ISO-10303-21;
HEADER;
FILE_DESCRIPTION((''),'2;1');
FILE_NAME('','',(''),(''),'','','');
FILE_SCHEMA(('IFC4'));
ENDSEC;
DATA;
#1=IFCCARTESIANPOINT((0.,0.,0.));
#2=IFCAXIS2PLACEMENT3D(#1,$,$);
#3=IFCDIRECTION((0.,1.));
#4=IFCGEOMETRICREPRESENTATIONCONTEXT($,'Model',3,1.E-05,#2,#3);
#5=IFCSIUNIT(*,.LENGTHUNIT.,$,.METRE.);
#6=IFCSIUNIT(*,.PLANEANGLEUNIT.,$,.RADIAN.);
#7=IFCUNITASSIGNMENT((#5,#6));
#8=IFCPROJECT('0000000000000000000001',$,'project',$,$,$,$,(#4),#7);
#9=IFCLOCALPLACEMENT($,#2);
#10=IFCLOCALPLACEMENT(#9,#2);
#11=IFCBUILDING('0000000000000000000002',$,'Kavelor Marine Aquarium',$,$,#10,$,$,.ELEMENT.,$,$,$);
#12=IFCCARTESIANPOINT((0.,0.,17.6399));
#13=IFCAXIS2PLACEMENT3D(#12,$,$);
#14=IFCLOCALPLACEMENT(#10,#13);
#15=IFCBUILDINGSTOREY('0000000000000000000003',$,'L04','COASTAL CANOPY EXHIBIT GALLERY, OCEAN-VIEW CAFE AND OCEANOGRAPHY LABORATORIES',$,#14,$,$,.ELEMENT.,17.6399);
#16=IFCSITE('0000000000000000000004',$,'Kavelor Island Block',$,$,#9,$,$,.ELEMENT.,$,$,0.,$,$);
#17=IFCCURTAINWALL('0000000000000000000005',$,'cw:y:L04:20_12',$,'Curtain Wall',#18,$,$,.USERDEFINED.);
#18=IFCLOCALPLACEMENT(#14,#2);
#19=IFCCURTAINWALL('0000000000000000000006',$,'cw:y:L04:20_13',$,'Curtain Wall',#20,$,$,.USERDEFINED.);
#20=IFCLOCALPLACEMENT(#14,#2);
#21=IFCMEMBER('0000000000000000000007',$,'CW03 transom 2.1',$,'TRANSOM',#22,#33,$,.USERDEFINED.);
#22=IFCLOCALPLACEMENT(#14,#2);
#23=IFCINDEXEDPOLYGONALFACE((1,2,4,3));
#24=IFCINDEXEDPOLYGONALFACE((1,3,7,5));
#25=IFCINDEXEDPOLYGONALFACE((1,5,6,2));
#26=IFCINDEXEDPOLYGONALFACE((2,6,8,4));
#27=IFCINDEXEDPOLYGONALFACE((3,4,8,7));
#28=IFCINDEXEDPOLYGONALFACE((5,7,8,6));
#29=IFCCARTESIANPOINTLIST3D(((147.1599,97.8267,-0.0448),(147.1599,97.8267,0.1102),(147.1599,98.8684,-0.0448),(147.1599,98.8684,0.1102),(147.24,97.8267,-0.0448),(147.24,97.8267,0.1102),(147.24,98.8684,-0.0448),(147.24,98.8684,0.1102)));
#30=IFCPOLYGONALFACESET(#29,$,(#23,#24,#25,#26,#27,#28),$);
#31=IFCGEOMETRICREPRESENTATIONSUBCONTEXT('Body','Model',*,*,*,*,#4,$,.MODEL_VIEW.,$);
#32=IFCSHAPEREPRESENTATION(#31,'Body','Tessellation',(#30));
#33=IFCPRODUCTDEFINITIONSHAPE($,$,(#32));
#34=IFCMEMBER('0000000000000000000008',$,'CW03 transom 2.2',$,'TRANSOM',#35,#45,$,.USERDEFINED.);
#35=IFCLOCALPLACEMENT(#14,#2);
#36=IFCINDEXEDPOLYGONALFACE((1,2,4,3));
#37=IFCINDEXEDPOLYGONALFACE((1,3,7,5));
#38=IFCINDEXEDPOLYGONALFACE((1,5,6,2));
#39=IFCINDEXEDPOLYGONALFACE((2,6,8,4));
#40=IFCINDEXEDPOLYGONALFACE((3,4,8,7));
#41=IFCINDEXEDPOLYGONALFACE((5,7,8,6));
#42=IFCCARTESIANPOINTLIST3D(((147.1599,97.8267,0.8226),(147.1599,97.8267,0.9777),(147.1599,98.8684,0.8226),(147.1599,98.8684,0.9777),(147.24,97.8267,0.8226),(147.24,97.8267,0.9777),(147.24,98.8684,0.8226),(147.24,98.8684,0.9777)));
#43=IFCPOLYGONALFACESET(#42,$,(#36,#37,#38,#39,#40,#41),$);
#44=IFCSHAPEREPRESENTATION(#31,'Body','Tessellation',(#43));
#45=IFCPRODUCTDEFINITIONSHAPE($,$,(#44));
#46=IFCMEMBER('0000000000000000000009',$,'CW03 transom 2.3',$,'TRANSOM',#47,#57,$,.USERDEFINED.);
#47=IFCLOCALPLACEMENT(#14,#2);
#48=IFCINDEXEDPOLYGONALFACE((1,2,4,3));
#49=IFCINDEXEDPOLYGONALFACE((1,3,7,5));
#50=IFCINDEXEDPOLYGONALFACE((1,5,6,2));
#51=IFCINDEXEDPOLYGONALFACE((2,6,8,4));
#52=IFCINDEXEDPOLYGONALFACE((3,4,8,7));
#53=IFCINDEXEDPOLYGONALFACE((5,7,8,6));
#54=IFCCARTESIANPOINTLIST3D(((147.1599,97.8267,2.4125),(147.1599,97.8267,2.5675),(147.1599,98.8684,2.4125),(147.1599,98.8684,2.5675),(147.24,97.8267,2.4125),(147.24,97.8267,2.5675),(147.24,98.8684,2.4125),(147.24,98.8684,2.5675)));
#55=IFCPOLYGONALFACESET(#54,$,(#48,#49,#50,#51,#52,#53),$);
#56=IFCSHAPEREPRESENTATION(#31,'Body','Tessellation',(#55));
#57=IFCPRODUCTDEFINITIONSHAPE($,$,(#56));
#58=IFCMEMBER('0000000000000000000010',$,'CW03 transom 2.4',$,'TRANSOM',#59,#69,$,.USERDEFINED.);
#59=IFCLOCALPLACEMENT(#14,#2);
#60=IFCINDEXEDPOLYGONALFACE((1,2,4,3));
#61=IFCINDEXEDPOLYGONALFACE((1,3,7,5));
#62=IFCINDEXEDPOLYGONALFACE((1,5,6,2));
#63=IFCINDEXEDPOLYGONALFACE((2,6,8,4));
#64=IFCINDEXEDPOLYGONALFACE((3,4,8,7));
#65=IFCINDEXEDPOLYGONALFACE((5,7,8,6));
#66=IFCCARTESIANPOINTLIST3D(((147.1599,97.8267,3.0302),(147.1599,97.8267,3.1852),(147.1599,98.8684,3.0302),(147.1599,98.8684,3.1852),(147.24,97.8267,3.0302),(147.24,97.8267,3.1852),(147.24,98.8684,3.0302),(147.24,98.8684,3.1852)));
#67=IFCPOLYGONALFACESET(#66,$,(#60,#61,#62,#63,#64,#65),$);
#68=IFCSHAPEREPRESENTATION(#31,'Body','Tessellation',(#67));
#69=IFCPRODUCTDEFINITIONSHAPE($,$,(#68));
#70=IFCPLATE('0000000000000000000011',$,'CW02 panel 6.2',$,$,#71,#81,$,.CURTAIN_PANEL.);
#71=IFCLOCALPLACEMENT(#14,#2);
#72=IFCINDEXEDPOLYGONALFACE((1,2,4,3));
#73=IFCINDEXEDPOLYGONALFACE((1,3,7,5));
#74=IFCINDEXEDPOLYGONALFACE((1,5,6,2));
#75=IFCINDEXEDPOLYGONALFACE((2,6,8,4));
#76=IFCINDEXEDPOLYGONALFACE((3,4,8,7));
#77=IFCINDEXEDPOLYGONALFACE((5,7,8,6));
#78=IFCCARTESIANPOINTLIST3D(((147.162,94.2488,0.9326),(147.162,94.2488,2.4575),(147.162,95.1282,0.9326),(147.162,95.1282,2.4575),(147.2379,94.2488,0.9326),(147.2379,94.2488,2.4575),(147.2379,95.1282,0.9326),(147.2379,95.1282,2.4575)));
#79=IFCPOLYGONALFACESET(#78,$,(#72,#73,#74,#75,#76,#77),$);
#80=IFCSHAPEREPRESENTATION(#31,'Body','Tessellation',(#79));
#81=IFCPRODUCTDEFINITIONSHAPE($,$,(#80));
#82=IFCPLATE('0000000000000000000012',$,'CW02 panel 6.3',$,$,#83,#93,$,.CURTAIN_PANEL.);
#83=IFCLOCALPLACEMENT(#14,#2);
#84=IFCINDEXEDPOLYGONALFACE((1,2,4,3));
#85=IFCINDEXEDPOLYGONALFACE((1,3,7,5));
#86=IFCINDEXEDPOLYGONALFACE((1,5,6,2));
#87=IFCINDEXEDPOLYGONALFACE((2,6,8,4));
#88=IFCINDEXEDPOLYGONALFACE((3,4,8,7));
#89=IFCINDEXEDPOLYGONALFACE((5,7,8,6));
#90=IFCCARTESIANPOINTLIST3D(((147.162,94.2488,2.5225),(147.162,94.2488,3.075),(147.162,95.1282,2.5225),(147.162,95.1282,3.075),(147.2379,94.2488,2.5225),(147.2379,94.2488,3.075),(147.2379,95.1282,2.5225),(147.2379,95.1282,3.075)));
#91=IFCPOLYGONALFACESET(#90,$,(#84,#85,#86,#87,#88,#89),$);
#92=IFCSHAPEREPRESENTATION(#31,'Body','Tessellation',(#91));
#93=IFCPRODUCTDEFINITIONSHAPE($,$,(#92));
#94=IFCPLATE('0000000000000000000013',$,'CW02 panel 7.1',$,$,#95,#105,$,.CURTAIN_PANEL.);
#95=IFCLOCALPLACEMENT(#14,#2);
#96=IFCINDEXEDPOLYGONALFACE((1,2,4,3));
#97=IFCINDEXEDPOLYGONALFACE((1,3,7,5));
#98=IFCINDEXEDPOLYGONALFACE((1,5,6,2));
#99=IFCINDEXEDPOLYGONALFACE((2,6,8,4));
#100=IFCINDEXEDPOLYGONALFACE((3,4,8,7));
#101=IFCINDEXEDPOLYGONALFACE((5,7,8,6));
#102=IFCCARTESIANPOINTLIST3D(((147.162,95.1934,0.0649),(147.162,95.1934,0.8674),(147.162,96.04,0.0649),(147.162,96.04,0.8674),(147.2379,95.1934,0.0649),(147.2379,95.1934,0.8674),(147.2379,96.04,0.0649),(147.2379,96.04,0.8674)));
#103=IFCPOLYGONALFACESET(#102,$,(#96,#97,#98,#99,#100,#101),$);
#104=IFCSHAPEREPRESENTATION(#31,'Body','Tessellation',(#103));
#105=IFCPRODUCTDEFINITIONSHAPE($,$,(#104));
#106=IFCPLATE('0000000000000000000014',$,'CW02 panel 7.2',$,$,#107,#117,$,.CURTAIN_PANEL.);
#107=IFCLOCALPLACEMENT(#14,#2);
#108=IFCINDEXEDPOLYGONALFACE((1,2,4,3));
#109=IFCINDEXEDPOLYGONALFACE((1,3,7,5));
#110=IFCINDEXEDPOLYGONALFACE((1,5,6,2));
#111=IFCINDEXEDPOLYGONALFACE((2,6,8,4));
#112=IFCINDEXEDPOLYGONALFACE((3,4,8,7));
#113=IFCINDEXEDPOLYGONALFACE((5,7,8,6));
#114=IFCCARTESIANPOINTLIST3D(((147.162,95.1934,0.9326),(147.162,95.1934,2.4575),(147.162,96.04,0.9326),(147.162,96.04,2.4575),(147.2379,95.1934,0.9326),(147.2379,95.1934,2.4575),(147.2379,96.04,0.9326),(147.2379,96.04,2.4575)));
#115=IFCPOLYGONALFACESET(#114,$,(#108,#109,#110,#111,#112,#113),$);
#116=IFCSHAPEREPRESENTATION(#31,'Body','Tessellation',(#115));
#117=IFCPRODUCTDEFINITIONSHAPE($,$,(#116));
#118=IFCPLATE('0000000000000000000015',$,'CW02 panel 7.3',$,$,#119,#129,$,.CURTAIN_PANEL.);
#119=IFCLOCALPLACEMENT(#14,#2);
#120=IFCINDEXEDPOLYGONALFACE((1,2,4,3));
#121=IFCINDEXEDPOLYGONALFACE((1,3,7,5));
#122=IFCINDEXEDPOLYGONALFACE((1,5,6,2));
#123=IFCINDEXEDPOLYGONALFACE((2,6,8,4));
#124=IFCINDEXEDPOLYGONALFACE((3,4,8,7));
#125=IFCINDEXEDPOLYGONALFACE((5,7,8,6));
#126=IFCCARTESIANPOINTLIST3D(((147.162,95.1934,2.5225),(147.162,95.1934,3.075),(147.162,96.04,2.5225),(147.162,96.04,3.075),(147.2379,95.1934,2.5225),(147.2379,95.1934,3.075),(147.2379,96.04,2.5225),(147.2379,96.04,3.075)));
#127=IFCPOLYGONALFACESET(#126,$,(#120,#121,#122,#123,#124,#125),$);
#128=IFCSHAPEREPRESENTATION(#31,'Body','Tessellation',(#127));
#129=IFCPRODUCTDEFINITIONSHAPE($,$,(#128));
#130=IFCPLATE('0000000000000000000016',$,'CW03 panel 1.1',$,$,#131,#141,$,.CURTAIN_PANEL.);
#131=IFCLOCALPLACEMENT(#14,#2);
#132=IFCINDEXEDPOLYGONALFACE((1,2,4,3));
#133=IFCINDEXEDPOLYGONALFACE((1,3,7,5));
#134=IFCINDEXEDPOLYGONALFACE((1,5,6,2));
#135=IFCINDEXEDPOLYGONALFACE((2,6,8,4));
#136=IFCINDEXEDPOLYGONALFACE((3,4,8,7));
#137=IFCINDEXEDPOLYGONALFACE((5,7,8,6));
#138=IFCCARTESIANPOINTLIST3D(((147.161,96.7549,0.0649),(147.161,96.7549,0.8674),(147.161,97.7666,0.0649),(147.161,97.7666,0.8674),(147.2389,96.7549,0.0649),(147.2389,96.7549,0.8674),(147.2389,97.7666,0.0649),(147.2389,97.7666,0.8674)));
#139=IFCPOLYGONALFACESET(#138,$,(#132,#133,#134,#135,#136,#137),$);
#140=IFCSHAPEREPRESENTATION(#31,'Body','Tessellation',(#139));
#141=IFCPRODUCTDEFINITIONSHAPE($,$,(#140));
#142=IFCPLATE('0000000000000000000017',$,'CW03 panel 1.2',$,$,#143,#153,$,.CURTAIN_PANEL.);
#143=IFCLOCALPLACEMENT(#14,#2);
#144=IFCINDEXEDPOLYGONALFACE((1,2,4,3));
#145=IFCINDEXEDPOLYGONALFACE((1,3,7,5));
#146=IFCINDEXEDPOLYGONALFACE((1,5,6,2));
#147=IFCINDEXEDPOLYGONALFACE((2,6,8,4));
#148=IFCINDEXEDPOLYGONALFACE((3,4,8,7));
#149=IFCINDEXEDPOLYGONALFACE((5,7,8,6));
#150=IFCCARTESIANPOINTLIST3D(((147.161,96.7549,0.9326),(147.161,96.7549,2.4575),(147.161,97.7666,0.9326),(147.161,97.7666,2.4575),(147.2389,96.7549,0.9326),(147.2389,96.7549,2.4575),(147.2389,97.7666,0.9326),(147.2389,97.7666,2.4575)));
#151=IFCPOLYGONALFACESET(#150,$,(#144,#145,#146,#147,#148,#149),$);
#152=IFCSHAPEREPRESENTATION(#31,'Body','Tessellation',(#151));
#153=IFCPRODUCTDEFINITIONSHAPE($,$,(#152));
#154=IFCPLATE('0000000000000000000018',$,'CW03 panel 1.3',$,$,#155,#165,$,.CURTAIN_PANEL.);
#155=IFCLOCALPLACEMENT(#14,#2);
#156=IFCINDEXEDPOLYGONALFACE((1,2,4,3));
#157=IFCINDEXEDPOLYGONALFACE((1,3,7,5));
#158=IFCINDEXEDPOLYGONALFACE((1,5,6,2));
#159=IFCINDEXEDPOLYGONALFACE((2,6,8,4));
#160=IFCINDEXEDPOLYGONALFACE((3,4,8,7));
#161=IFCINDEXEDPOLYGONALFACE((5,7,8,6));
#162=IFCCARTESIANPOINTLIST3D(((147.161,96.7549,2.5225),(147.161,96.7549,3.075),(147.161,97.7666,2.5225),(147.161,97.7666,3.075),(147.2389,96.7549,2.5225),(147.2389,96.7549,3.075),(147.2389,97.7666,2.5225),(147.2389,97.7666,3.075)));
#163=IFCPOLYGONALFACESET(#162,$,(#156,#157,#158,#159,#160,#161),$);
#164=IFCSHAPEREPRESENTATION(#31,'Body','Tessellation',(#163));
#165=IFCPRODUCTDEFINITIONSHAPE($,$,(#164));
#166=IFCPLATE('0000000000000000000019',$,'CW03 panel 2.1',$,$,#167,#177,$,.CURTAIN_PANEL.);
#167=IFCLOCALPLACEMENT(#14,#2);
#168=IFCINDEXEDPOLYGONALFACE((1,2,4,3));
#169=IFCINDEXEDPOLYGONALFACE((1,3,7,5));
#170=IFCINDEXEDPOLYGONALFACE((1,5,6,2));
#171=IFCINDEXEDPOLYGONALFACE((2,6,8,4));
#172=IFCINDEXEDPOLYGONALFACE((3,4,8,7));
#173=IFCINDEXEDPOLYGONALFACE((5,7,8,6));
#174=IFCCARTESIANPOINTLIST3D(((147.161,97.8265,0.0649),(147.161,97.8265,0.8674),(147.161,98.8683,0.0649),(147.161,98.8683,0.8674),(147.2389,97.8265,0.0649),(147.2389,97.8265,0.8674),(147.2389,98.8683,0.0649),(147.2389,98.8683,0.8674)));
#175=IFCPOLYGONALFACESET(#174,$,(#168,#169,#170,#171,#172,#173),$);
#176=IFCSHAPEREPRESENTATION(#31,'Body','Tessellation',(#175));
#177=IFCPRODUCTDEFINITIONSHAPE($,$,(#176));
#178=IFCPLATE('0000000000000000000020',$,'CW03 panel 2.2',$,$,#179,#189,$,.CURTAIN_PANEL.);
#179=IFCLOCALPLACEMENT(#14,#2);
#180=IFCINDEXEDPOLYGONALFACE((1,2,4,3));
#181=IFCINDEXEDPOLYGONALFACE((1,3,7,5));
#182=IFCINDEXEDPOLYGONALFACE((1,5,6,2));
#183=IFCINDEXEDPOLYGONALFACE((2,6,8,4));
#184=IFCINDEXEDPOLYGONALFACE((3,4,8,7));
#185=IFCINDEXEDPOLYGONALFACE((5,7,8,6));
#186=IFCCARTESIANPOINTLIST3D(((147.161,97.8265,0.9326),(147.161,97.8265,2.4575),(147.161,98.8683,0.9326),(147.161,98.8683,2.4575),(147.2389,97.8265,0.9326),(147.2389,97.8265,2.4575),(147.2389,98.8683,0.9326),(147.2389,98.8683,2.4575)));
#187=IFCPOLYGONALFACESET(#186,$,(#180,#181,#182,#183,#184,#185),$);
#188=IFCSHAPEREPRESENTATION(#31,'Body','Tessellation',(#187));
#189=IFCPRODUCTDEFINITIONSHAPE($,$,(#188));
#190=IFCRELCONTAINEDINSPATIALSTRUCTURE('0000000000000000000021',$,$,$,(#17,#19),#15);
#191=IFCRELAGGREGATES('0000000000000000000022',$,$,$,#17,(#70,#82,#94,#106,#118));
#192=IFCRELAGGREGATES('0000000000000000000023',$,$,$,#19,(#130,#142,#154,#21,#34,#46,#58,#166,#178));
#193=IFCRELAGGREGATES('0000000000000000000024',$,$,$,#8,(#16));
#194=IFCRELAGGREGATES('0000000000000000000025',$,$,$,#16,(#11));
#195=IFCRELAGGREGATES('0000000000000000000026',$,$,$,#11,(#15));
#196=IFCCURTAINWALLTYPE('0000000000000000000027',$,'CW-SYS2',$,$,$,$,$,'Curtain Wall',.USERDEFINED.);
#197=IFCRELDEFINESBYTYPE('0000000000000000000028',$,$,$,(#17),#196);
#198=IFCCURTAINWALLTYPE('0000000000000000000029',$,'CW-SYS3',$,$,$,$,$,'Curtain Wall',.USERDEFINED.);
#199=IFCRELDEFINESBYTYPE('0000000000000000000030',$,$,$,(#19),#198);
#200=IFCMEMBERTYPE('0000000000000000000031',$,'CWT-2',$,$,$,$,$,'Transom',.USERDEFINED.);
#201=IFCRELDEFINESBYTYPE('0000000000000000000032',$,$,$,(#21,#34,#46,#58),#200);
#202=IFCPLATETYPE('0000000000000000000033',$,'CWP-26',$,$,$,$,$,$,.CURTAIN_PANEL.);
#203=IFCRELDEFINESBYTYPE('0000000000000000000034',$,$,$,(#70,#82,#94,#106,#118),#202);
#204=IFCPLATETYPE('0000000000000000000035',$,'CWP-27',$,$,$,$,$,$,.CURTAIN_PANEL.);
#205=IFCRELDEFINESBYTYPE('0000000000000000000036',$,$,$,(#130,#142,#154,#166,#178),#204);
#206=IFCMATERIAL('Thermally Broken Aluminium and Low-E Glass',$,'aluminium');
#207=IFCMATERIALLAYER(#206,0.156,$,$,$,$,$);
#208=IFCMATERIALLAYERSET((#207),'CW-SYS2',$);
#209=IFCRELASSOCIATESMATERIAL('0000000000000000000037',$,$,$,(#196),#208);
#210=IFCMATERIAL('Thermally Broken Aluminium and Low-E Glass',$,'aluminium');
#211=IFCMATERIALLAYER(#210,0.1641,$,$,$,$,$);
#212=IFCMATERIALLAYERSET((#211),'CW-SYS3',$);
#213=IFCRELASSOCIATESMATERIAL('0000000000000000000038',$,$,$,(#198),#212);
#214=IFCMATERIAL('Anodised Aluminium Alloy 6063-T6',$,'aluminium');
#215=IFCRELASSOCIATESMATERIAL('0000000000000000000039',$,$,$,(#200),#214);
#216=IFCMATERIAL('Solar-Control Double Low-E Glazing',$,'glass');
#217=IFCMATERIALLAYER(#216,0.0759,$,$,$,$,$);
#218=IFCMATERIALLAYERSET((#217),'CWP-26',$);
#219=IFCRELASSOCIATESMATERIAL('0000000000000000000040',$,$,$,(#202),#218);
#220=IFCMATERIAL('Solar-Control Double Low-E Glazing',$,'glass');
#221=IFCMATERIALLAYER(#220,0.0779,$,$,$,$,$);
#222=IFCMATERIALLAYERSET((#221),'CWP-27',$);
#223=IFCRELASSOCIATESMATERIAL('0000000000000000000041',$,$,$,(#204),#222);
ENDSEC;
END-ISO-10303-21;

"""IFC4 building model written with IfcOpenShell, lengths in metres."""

from ifc_helpers import new_model, si_unit, direction, frame, origin, origin_2d, place, context, subcontext, project, spatial, rectangle, extrude, material, layer, layer_set, material_profile, profile_set, type_object, element, aggregate, save


model = new_model("IFC4")

# Units and contexts
model_context = context("Model", 3, precision=1e-05, world=origin(), true_north=direction((0.0, 1.0)))
body_context = subcontext(model_context, "Body", "Model", "MODEL_VIEW")
ifc_project = project(units=[si_unit("LENGTHUNIT", "METRE"), si_unit("PLANEANGLEUNIT", "RADIAN")], contexts=[model_context])

# Site, building, storey
site_placement = place(None, origin())
site = spatial("IfcSite", under=ifc_project, at=site_placement, Name="Kavelor Island Block", CompositionType="ELEMENT", RefElevation=0.0)
building_placement = place(site_placement, origin())
building = spatial("IfcBuilding", under=site, at=building_placement, Name="Kavelor Marine Aquarium", CompositionType="ELEMENT")
storey_placement = place(building_placement, frame((0.0, 0.0, 17.6399)))
storey = spatial("IfcBuildingStorey", under=building, at=storey_placement, Name="L04", Description="COASTAL CANOPY EXHIBIT GALLERY, OCEAN-VIEW CAFE AND OCEANOGRAPHY LABORATORIES", CompositionType="ELEMENT", Elevation=17.6399)

# Curtain walls
ifc_material_1 = material(Name="Thermally Broken Aluminium and Low-E Glass", Category="aluminium")
ifc_layer_1 = layer(ifc_material_1, 0.156)
ifc_layer_set_1 = layer_set([ifc_layer_1], Name="CW-SYS2")
curtain_wall_type_1 = type_object("IfcCurtainWallType", Name="CW-SYS2", ElementType="Curtain Wall", PredefinedType="USERDEFINED", material=ifc_layer_set_1)
curtain_wall_1_placement = place(storey_placement, origin())
curtain_wall_1 = element("IfcCurtainWall", 1, at=curtain_wall_1_placement, inside=storey, type_object=curtain_wall_type_1, Name="cw:y:L04:20_12", ObjectType="Curtain Wall", PredefinedType="USERDEFINED")
ifc_material_2 = material(Name="Thermally Broken Aluminium and Low-E Glass", Category="aluminium")
ifc_layer_2 = layer(ifc_material_2, 0.1641)
ifc_layer_set_2 = layer_set([ifc_layer_2], Name="CW-SYS3")
curtain_wall_type_2 = type_object("IfcCurtainWallType", Name="CW-SYS3", ElementType="Curtain Wall", PredefinedType="USERDEFINED", material=ifc_layer_set_2)
curtain_wall_2_placement = place(storey_placement, origin())
curtain_wall_2 = element("IfcCurtainWall", 2, at=curtain_wall_2_placement, inside=storey, type_object=curtain_wall_type_2, Name="cw:y:L04:20_13", ObjectType="Curtain Wall", PredefinedType="USERDEFINED")

# Members
ifc_material_3 = material(Name="Anodised Aluminium Alloy 6063-T6", Category="aluminium")
ifc_material_profile_1 = material_profile(ifc_material_3, rectangle(XDim=0.0801, YDim=0.155, at=origin_2d()), Name="CW-TRN 80x155")
ifc_profile_set_1 = profile_set([ifc_material_profile_1], Name="Anodised Aluminium Alloy 6063-T6")
member_type_1 = type_object("IfcMemberType", Name="CWT-2", ElementType="Transom", PredefinedType="USERDEFINED", material=ifc_profile_set_1)
member_1_placement = place(storey_placement, frame((147.2, 97.8267, 0.0327), z_axis=(0.0, 1.0, 0.0), x_axis=(-1.0, 0.0, 0.0)))
member_1 = element("IfcMember", 3, at=member_1_placement, type_object=member_type_1, Name="CW03 transom 2.1", ObjectType="TRANSOM", PredefinedType="USERDEFINED", context=body_context, shape_type="SweptSolid", body=[
    extrude(rectangle(XDim=0.0801, YDim=0.155, at=origin_2d()), origin(), (0.0, 0.0, 1.0), 1.0417),
])
member_2_placement = place(storey_placement, frame((147.2, 97.8267, 0.9001), z_axis=(0.0, 1.0, 0.0), x_axis=(-1.0, 0.0, 0.0)))
member_2 = element("IfcMember", 4, at=member_2_placement, type_object=member_type_1, Name="CW03 transom 2.2", ObjectType="TRANSOM", PredefinedType="USERDEFINED", context=body_context, shape_type="SweptSolid", body=[
    extrude(rectangle(XDim=0.0801, YDim=0.155, at=origin_2d()), origin(), (0.0, 0.0, 1.0), 1.0417),
])
member_3_placement = place(storey_placement, frame((147.2, 97.8267, 2.49), z_axis=(0.0, 1.0, 0.0), x_axis=(-1.0, 0.0, 0.0)))
member_3 = element("IfcMember", 5, at=member_3_placement, type_object=member_type_1, Name="CW03 transom 2.3", ObjectType="TRANSOM", PredefinedType="USERDEFINED", context=body_context, shape_type="SweptSolid", body=[
    extrude(rectangle(XDim=0.0801, YDim=0.155, at=origin_2d()), origin(), (0.0, 0.0, 1.0), 1.0417),
])
member_4_placement = place(storey_placement, frame((147.2, 97.8267, 3.1077), z_axis=(0.0, 1.0, 0.0), x_axis=(-1.0, 0.0, 0.0)))
member_4 = element("IfcMember", 6, at=member_4_placement, type_object=member_type_1, Name="CW03 transom 2.4", ObjectType="TRANSOM", PredefinedType="USERDEFINED", context=body_context, shape_type="SweptSolid", body=[
    extrude(rectangle(XDim=0.0801, YDim=0.155, at=origin_2d()), origin(), (0.0, 0.0, 1.0), 1.0417),
])

# Plates
ifc_material_4 = material(Name="Solar-Control Double Low-E Glazing", Category="glass")
ifc_layer_3 = layer(ifc_material_4, 0.0759)
ifc_layer_set_3 = layer_set([ifc_layer_3], Name="CWP-26")
plate_type_1 = type_object("IfcPlateType", Name="CWP-26", PredefinedType="CURTAIN_PANEL", material=ifc_layer_set_3)
plate_1_placement = place(storey_placement, frame((147.2, 94.6885, 0.9326), z_axis=(0.0, 0.0, 1.0), x_axis=(0.0, 1.0, 0.0)))
plate_1 = element("IfcPlate", 7, at=plate_1_placement, type_object=plate_type_1, Name="CW02 panel 6.2", PredefinedType="CURTAIN_PANEL", context=body_context, shape_type="SweptSolid", body=[
    extrude(rectangle(XDim=0.8794, YDim=0.0759, at=origin_2d()), origin(), (0.0, 0.0, 1.0), 1.5249),
])
plate_2_placement = place(storey_placement, frame((147.2, 94.6885, 2.5225), z_axis=(0.0, 0.0, 1.0), x_axis=(0.0, 1.0, 0.0)))
plate_2 = element("IfcPlate", 8, at=plate_2_placement, type_object=plate_type_1, Name="CW02 panel 6.3", PredefinedType="CURTAIN_PANEL", context=body_context, shape_type="SweptSolid", body=[
    extrude(rectangle(XDim=0.8794, YDim=0.0759, at=origin_2d()), origin(), (0.0, 0.0, 1.0), 0.5525),
])
plate_3_placement = place(storey_placement, frame((147.2, 95.6167, 0.0649), z_axis=(0.0, 0.0, 1.0), x_axis=(0.0, 1.0, 0.0)))
plate_3 = element("IfcPlate", 9, at=plate_3_placement, type_object=plate_type_1, Name="CW02 panel 7.1", PredefinedType="CURTAIN_PANEL", context=body_context, shape_type="SweptSolid", body=[
    extrude(rectangle(XDim=0.8467, YDim=0.0759, at=origin_2d()), origin(), (0.0, 0.0, 1.0), 0.8025),
])
plate_4_placement = place(storey_placement, frame((147.2, 95.6167, 0.9326), z_axis=(0.0, 0.0, 1.0), x_axis=(0.0, 1.0, 0.0)))
plate_4 = element("IfcPlate", 10, at=plate_4_placement, type_object=plate_type_1, Name="CW02 panel 7.2", PredefinedType="CURTAIN_PANEL", context=body_context, shape_type="SweptSolid", body=[
    extrude(rectangle(XDim=0.8467, YDim=0.0759, at=origin_2d()), origin(), (0.0, 0.0, 1.0), 1.5249),
])
plate_5_placement = place(storey_placement, frame((147.2, 95.6167, 2.5225), z_axis=(0.0, 0.0, 1.0), x_axis=(0.0, 1.0, 0.0)))
plate_5 = element("IfcPlate", 11, at=plate_5_placement, type_object=plate_type_1, Name="CW02 panel 7.3", PredefinedType="CURTAIN_PANEL", context=body_context, shape_type="SweptSolid", body=[
    extrude(rectangle(XDim=0.8467, YDim=0.0759, at=origin_2d()), origin(), (0.0, 0.0, 1.0), 0.5525),
])
aggregate(curtain_wall_1, [plate_1, plate_2, plate_3, plate_4, plate_5])
ifc_material_5 = material(Name="Solar-Control Double Low-E Glazing", Category="glass")
ifc_layer_4 = layer(ifc_material_5, 0.0779)
ifc_layer_set_4 = layer_set([ifc_layer_4], Name="CWP-27")
plate_type_2 = type_object("IfcPlateType", Name="CWP-27", PredefinedType="CURTAIN_PANEL", material=ifc_layer_set_4)
plate_6_placement = place(storey_placement, frame((147.2, 97.2607, 0.0649), z_axis=(0.0, 0.0, 1.0), x_axis=(0.0, 1.0, 0.0)))
plate_6 = element("IfcPlate", 12, at=plate_6_placement, type_object=plate_type_2, Name="CW03 panel 1.1", PredefinedType="CURTAIN_PANEL", context=body_context, shape_type="SweptSolid", body=[
    extrude(rectangle(XDim=1.0117, YDim=0.0779, at=origin_2d()), origin(), (0.0, 0.0, 1.0), 0.8025),
])
plate_7_placement = place(storey_placement, frame((147.2, 97.2607, 0.9326), z_axis=(0.0, 0.0, 1.0), x_axis=(0.0, 1.0, 0.0)))
plate_7 = element("IfcPlate", 13, at=plate_7_placement, type_object=plate_type_2, Name="CW03 panel 1.2", PredefinedType="CURTAIN_PANEL", context=body_context, shape_type="SweptSolid", body=[
    extrude(rectangle(XDim=1.0117, YDim=0.0779, at=origin_2d()), origin(), (0.0, 0.0, 1.0), 1.5249),
])
plate_8_placement = place(storey_placement, frame((147.2, 97.2607, 2.5225), z_axis=(0.0, 0.0, 1.0), x_axis=(0.0, 1.0, 0.0)))
plate_8 = element("IfcPlate", 14, at=plate_8_placement, type_object=plate_type_2, Name="CW03 panel 1.3", PredefinedType="CURTAIN_PANEL", context=body_context, shape_type="SweptSolid", body=[
    extrude(rectangle(XDim=1.0117, YDim=0.0779, at=origin_2d()), origin(), (0.0, 0.0, 1.0), 0.5525),
])
plate_9_placement = place(storey_placement, frame((147.2, 98.3474, 0.0649), z_axis=(0.0, 0.0, 1.0), x_axis=(0.0, 1.0, 0.0)))
plate_9 = element("IfcPlate", 15, at=plate_9_placement, type_object=plate_type_2, Name="CW03 panel 2.1", PredefinedType="CURTAIN_PANEL", context=body_context, shape_type="SweptSolid", body=[
    extrude(rectangle(XDim=1.0417, YDim=0.0779, at=origin_2d()), origin(), (0.0, 0.0, 1.0), 0.8025),
])
plate_10_placement = place(storey_placement, frame((147.2, 98.3474, 0.9326), z_axis=(0.0, 0.0, 1.0), x_axis=(0.0, 1.0, 0.0)))
plate_10 = element("IfcPlate", 16, at=plate_10_placement, type_object=plate_type_2, Name="CW03 panel 2.2", PredefinedType="CURTAIN_PANEL", context=body_context, shape_type="SweptSolid", body=[
    extrude(rectangle(XDim=1.0417, YDim=0.0779, at=origin_2d()), origin(), (0.0, 0.0, 1.0), 1.5249),
])
aggregate(curtain_wall_2, [plate_6, plate_7, plate_8, member_1, member_2, member_3, member_4, plate_9, plate_10])

save(model, "model.ifc")
